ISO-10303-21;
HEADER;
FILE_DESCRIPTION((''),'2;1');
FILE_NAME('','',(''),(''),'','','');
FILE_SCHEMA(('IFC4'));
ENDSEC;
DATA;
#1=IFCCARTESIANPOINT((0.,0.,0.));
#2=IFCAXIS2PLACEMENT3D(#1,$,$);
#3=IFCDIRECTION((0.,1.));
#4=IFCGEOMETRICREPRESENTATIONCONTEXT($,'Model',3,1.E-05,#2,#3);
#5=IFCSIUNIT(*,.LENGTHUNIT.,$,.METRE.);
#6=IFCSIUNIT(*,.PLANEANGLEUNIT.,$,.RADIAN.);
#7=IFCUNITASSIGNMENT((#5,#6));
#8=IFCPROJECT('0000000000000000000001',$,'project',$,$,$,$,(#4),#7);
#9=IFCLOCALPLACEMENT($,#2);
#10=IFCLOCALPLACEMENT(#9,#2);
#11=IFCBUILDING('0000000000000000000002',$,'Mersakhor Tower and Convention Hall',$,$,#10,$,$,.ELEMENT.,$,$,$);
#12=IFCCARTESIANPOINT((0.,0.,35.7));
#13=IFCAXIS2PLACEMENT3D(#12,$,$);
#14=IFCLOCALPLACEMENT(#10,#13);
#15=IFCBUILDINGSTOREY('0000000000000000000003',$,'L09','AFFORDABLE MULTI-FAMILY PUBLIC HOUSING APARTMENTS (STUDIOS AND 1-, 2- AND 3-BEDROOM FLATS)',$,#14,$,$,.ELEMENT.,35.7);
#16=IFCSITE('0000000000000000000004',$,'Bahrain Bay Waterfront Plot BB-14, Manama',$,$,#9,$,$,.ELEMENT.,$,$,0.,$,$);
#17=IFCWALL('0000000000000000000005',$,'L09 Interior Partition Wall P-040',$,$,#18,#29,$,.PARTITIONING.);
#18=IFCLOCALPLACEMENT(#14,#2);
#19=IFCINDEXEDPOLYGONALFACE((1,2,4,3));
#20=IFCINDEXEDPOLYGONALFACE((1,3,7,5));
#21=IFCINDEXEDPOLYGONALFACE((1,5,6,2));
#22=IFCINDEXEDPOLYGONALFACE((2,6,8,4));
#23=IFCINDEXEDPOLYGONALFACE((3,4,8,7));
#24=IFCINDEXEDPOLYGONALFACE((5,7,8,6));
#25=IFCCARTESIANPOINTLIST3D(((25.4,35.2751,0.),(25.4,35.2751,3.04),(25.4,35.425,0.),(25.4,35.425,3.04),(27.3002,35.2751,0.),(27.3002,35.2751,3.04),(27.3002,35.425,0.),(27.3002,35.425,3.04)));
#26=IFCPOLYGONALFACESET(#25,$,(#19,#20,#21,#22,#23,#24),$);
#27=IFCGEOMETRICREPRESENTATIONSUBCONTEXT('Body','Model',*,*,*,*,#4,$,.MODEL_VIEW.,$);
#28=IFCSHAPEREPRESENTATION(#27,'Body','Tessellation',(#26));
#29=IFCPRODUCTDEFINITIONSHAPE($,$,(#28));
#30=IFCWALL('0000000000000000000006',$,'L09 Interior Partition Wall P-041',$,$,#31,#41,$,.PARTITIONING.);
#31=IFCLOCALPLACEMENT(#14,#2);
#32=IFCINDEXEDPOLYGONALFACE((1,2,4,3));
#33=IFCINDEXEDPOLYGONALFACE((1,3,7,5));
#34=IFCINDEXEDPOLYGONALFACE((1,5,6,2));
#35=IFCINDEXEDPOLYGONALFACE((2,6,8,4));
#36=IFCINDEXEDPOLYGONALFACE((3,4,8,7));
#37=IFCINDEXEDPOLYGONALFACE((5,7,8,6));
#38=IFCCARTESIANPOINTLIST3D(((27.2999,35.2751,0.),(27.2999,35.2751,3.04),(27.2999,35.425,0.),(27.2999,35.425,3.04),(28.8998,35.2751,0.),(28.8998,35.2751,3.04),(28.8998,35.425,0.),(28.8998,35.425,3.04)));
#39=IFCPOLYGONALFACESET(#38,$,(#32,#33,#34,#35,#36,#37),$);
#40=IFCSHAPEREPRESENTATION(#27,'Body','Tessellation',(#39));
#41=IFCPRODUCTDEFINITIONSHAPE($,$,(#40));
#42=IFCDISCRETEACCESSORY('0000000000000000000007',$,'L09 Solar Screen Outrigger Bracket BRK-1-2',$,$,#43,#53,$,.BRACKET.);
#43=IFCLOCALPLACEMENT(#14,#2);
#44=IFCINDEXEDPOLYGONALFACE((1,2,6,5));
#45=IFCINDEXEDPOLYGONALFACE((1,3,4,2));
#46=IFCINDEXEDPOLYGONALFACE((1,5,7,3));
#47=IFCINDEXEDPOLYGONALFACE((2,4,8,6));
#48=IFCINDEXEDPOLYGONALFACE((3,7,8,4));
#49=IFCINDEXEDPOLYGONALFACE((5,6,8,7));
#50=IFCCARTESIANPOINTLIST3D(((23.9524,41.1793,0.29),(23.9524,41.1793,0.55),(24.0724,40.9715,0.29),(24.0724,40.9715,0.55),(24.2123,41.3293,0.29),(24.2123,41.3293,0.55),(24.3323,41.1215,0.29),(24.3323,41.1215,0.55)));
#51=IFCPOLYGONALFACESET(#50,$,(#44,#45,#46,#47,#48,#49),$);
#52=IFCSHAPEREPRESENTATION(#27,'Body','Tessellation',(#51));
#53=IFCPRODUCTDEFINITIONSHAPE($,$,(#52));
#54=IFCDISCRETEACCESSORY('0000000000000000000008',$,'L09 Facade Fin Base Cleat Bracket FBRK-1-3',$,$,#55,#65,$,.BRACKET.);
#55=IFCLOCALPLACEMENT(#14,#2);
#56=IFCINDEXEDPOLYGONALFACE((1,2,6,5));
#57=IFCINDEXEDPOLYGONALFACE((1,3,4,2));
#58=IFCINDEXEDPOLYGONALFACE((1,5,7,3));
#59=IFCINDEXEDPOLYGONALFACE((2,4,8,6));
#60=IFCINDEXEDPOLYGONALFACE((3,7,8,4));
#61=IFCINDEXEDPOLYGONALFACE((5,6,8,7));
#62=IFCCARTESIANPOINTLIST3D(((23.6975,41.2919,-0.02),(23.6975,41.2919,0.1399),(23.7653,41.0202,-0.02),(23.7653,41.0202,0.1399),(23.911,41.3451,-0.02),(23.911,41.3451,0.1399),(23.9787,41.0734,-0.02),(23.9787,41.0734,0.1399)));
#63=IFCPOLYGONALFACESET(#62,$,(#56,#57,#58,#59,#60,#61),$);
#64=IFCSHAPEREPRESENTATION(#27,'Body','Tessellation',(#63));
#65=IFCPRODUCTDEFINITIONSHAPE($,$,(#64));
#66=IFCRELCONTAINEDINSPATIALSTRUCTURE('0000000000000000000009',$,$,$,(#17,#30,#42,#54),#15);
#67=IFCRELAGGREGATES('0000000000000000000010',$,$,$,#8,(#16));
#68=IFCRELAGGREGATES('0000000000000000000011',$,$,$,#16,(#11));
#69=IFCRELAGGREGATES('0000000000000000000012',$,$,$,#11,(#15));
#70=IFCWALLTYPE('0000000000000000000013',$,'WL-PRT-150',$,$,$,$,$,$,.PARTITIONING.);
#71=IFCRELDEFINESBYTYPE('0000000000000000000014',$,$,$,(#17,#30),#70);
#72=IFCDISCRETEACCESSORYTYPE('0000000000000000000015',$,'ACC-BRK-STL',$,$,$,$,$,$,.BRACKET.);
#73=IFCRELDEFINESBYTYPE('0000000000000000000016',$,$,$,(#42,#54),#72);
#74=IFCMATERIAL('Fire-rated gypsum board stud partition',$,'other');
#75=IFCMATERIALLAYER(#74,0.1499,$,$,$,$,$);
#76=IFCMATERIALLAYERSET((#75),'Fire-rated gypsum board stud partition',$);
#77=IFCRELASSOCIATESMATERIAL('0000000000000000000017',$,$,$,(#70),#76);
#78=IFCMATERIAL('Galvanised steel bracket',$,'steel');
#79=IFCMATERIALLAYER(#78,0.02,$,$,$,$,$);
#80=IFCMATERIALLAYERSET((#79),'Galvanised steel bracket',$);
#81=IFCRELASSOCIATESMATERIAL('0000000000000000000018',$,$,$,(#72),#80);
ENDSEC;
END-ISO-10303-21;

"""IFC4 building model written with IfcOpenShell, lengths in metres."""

from ifc_helpers import new_model, si_unit, direction, frame, frame_2d, origin, origin_2d, place, context, subcontext, project, spatial, rectangle, extrude, material, layer, layer_set, type_object, element, save


model = new_model("IFC4")

# Units and contexts
model_context = context("Model", 3, precision=1e-05, world=origin(), true_north=direction((0.0, 1.0)))
body_context = subcontext(model_context, "Body", "Model", "MODEL_VIEW")
ifc_project = project(units=[si_unit("LENGTHUNIT", "METRE"), si_unit("PLANEANGLEUNIT", "RADIAN")], contexts=[model_context])

# Site, building, storey
site_placement = place(None, origin())
site = spatial("IfcSite", under=ifc_project, at=site_placement, Name="Bahrain Bay Waterfront Plot BB-14, Manama", CompositionType="ELEMENT", RefElevation=0.0)
building_placement = place(site_placement, origin())
building = spatial("IfcBuilding", under=site, at=building_placement, Name="Mersakhor Tower and Convention Hall", CompositionType="ELEMENT")
storey_placement = place(building_placement, frame((0.0, 0.0, 35.7)))
storey = spatial("IfcBuildingStorey", under=building, at=storey_placement, Name="L09", Description="AFFORDABLE MULTI-FAMILY PUBLIC HOUSING APARTMENTS (STUDIOS AND 1-, 2- AND 3-BEDROOM FLATS)", CompositionType="ELEMENT", Elevation=35.7)

# Shared definitions
ifc_material_1 = material(Name="Fire-rated gypsum board stud partition", Category="other")
ifc_layer_1 = layer(ifc_material_1, 0.1499)
ifc_layer_set_1 = layer_set([ifc_layer_1], Name="Fire-rated gypsum board stud partition")
wall_type_1 = type_object("IfcWallType", Name="WL-PRT-150", PredefinedType="PARTITIONING", material=ifc_layer_set_1)

# Walls
wall_1_placement = place(storey_placement, frame((25.3999, 35.3501, 0.0), z_axis=(0.0, 0.0, 1.0), x_axis=(1.0, 0.0, 0.0)))
element("IfcWall", 1, at=wall_1_placement, inside=storey, type_object=wall_type_1, Name="L09 Interior Partition Wall P-040", PredefinedType="PARTITIONING", context=body_context, shape_type="SweptSolid", body=[
    extrude(rectangle(XDim=1.9001, YDim=0.1499, at=frame_2d((0.9502, 0.0))), origin(), (0.0, 0.0, 1.0), 3.04),
])
wall_2_placement = place(storey_placement, frame((27.3, 35.3501, 0.0), z_axis=(0.0, 0.0, 1.0), x_axis=(1.0, 0.0, 0.0)))
element("IfcWall", 2, at=wall_2_placement, inside=storey, type_object=wall_type_1, Name="L09 Interior Partition Wall P-041", PredefinedType="PARTITIONING", context=body_context, shape_type="SweptSolid", body=[
    extrude(rectangle(XDim=1.5999, YDim=0.1499, at=frame_2d((0.7998, 0.0))), origin(), (0.0, 0.0, 1.0), 3.04),
])

# Discrete accessories
ifc_material_2 = material(Name="Galvanised steel bracket", Category="steel")
ifc_layer_2 = layer(ifc_material_2, 0.02)
ifc_layer_set_2 = layer_set([ifc_layer_2], Name="Galvanised steel bracket")
discrete_accessory_type = type_object("IfcDiscreteAccessoryType", Name="ACC-BRK-STL", PredefinedType="BRACKET", material=ifc_layer_set_2)
discrete_accessory_1_placement = place(storey_placement, frame((24.1423, 41.1504, 0.29), z_axis=(0.0, 0.0, 1.0), x_axis=(0.866025, 0.5, 0.0)))
element("IfcDiscreteAccessory", 3, at=discrete_accessory_1_placement, inside=storey, type_object=discrete_accessory_type, Name="L09 Solar Screen Outrigger Bracket BRK-1-2", PredefinedType="BRACKET", context=body_context, shape_type="SweptSolid", body=[
    extrude(rectangle(XDim=0.3, YDim=0.24, at=origin_2d()), origin(), (0.0, 0.0, 1.0), 0.26),
])
discrete_accessory_2_placement = place(storey_placement, frame((23.8381, 41.1826, -0.02), z_axis=(0.0, 0.0, 1.0), x_axis=(-0.241922, 0.970296, 0.0)))
element("IfcDiscreteAccessory", 4, at=discrete_accessory_2_placement, inside=storey, type_object=discrete_accessory_type, Name="L09 Facade Fin Base Cleat Bracket FBRK-1-3", PredefinedType="BRACKET", context=body_context, shape_type="SweptSolid", body=[
    extrude(rectangle(XDim=0.28, YDim=0.22, at=origin_2d()), origin(), (0.0, 0.0, 1.0), 0.1599),
])

save(model, "model.ifc")
